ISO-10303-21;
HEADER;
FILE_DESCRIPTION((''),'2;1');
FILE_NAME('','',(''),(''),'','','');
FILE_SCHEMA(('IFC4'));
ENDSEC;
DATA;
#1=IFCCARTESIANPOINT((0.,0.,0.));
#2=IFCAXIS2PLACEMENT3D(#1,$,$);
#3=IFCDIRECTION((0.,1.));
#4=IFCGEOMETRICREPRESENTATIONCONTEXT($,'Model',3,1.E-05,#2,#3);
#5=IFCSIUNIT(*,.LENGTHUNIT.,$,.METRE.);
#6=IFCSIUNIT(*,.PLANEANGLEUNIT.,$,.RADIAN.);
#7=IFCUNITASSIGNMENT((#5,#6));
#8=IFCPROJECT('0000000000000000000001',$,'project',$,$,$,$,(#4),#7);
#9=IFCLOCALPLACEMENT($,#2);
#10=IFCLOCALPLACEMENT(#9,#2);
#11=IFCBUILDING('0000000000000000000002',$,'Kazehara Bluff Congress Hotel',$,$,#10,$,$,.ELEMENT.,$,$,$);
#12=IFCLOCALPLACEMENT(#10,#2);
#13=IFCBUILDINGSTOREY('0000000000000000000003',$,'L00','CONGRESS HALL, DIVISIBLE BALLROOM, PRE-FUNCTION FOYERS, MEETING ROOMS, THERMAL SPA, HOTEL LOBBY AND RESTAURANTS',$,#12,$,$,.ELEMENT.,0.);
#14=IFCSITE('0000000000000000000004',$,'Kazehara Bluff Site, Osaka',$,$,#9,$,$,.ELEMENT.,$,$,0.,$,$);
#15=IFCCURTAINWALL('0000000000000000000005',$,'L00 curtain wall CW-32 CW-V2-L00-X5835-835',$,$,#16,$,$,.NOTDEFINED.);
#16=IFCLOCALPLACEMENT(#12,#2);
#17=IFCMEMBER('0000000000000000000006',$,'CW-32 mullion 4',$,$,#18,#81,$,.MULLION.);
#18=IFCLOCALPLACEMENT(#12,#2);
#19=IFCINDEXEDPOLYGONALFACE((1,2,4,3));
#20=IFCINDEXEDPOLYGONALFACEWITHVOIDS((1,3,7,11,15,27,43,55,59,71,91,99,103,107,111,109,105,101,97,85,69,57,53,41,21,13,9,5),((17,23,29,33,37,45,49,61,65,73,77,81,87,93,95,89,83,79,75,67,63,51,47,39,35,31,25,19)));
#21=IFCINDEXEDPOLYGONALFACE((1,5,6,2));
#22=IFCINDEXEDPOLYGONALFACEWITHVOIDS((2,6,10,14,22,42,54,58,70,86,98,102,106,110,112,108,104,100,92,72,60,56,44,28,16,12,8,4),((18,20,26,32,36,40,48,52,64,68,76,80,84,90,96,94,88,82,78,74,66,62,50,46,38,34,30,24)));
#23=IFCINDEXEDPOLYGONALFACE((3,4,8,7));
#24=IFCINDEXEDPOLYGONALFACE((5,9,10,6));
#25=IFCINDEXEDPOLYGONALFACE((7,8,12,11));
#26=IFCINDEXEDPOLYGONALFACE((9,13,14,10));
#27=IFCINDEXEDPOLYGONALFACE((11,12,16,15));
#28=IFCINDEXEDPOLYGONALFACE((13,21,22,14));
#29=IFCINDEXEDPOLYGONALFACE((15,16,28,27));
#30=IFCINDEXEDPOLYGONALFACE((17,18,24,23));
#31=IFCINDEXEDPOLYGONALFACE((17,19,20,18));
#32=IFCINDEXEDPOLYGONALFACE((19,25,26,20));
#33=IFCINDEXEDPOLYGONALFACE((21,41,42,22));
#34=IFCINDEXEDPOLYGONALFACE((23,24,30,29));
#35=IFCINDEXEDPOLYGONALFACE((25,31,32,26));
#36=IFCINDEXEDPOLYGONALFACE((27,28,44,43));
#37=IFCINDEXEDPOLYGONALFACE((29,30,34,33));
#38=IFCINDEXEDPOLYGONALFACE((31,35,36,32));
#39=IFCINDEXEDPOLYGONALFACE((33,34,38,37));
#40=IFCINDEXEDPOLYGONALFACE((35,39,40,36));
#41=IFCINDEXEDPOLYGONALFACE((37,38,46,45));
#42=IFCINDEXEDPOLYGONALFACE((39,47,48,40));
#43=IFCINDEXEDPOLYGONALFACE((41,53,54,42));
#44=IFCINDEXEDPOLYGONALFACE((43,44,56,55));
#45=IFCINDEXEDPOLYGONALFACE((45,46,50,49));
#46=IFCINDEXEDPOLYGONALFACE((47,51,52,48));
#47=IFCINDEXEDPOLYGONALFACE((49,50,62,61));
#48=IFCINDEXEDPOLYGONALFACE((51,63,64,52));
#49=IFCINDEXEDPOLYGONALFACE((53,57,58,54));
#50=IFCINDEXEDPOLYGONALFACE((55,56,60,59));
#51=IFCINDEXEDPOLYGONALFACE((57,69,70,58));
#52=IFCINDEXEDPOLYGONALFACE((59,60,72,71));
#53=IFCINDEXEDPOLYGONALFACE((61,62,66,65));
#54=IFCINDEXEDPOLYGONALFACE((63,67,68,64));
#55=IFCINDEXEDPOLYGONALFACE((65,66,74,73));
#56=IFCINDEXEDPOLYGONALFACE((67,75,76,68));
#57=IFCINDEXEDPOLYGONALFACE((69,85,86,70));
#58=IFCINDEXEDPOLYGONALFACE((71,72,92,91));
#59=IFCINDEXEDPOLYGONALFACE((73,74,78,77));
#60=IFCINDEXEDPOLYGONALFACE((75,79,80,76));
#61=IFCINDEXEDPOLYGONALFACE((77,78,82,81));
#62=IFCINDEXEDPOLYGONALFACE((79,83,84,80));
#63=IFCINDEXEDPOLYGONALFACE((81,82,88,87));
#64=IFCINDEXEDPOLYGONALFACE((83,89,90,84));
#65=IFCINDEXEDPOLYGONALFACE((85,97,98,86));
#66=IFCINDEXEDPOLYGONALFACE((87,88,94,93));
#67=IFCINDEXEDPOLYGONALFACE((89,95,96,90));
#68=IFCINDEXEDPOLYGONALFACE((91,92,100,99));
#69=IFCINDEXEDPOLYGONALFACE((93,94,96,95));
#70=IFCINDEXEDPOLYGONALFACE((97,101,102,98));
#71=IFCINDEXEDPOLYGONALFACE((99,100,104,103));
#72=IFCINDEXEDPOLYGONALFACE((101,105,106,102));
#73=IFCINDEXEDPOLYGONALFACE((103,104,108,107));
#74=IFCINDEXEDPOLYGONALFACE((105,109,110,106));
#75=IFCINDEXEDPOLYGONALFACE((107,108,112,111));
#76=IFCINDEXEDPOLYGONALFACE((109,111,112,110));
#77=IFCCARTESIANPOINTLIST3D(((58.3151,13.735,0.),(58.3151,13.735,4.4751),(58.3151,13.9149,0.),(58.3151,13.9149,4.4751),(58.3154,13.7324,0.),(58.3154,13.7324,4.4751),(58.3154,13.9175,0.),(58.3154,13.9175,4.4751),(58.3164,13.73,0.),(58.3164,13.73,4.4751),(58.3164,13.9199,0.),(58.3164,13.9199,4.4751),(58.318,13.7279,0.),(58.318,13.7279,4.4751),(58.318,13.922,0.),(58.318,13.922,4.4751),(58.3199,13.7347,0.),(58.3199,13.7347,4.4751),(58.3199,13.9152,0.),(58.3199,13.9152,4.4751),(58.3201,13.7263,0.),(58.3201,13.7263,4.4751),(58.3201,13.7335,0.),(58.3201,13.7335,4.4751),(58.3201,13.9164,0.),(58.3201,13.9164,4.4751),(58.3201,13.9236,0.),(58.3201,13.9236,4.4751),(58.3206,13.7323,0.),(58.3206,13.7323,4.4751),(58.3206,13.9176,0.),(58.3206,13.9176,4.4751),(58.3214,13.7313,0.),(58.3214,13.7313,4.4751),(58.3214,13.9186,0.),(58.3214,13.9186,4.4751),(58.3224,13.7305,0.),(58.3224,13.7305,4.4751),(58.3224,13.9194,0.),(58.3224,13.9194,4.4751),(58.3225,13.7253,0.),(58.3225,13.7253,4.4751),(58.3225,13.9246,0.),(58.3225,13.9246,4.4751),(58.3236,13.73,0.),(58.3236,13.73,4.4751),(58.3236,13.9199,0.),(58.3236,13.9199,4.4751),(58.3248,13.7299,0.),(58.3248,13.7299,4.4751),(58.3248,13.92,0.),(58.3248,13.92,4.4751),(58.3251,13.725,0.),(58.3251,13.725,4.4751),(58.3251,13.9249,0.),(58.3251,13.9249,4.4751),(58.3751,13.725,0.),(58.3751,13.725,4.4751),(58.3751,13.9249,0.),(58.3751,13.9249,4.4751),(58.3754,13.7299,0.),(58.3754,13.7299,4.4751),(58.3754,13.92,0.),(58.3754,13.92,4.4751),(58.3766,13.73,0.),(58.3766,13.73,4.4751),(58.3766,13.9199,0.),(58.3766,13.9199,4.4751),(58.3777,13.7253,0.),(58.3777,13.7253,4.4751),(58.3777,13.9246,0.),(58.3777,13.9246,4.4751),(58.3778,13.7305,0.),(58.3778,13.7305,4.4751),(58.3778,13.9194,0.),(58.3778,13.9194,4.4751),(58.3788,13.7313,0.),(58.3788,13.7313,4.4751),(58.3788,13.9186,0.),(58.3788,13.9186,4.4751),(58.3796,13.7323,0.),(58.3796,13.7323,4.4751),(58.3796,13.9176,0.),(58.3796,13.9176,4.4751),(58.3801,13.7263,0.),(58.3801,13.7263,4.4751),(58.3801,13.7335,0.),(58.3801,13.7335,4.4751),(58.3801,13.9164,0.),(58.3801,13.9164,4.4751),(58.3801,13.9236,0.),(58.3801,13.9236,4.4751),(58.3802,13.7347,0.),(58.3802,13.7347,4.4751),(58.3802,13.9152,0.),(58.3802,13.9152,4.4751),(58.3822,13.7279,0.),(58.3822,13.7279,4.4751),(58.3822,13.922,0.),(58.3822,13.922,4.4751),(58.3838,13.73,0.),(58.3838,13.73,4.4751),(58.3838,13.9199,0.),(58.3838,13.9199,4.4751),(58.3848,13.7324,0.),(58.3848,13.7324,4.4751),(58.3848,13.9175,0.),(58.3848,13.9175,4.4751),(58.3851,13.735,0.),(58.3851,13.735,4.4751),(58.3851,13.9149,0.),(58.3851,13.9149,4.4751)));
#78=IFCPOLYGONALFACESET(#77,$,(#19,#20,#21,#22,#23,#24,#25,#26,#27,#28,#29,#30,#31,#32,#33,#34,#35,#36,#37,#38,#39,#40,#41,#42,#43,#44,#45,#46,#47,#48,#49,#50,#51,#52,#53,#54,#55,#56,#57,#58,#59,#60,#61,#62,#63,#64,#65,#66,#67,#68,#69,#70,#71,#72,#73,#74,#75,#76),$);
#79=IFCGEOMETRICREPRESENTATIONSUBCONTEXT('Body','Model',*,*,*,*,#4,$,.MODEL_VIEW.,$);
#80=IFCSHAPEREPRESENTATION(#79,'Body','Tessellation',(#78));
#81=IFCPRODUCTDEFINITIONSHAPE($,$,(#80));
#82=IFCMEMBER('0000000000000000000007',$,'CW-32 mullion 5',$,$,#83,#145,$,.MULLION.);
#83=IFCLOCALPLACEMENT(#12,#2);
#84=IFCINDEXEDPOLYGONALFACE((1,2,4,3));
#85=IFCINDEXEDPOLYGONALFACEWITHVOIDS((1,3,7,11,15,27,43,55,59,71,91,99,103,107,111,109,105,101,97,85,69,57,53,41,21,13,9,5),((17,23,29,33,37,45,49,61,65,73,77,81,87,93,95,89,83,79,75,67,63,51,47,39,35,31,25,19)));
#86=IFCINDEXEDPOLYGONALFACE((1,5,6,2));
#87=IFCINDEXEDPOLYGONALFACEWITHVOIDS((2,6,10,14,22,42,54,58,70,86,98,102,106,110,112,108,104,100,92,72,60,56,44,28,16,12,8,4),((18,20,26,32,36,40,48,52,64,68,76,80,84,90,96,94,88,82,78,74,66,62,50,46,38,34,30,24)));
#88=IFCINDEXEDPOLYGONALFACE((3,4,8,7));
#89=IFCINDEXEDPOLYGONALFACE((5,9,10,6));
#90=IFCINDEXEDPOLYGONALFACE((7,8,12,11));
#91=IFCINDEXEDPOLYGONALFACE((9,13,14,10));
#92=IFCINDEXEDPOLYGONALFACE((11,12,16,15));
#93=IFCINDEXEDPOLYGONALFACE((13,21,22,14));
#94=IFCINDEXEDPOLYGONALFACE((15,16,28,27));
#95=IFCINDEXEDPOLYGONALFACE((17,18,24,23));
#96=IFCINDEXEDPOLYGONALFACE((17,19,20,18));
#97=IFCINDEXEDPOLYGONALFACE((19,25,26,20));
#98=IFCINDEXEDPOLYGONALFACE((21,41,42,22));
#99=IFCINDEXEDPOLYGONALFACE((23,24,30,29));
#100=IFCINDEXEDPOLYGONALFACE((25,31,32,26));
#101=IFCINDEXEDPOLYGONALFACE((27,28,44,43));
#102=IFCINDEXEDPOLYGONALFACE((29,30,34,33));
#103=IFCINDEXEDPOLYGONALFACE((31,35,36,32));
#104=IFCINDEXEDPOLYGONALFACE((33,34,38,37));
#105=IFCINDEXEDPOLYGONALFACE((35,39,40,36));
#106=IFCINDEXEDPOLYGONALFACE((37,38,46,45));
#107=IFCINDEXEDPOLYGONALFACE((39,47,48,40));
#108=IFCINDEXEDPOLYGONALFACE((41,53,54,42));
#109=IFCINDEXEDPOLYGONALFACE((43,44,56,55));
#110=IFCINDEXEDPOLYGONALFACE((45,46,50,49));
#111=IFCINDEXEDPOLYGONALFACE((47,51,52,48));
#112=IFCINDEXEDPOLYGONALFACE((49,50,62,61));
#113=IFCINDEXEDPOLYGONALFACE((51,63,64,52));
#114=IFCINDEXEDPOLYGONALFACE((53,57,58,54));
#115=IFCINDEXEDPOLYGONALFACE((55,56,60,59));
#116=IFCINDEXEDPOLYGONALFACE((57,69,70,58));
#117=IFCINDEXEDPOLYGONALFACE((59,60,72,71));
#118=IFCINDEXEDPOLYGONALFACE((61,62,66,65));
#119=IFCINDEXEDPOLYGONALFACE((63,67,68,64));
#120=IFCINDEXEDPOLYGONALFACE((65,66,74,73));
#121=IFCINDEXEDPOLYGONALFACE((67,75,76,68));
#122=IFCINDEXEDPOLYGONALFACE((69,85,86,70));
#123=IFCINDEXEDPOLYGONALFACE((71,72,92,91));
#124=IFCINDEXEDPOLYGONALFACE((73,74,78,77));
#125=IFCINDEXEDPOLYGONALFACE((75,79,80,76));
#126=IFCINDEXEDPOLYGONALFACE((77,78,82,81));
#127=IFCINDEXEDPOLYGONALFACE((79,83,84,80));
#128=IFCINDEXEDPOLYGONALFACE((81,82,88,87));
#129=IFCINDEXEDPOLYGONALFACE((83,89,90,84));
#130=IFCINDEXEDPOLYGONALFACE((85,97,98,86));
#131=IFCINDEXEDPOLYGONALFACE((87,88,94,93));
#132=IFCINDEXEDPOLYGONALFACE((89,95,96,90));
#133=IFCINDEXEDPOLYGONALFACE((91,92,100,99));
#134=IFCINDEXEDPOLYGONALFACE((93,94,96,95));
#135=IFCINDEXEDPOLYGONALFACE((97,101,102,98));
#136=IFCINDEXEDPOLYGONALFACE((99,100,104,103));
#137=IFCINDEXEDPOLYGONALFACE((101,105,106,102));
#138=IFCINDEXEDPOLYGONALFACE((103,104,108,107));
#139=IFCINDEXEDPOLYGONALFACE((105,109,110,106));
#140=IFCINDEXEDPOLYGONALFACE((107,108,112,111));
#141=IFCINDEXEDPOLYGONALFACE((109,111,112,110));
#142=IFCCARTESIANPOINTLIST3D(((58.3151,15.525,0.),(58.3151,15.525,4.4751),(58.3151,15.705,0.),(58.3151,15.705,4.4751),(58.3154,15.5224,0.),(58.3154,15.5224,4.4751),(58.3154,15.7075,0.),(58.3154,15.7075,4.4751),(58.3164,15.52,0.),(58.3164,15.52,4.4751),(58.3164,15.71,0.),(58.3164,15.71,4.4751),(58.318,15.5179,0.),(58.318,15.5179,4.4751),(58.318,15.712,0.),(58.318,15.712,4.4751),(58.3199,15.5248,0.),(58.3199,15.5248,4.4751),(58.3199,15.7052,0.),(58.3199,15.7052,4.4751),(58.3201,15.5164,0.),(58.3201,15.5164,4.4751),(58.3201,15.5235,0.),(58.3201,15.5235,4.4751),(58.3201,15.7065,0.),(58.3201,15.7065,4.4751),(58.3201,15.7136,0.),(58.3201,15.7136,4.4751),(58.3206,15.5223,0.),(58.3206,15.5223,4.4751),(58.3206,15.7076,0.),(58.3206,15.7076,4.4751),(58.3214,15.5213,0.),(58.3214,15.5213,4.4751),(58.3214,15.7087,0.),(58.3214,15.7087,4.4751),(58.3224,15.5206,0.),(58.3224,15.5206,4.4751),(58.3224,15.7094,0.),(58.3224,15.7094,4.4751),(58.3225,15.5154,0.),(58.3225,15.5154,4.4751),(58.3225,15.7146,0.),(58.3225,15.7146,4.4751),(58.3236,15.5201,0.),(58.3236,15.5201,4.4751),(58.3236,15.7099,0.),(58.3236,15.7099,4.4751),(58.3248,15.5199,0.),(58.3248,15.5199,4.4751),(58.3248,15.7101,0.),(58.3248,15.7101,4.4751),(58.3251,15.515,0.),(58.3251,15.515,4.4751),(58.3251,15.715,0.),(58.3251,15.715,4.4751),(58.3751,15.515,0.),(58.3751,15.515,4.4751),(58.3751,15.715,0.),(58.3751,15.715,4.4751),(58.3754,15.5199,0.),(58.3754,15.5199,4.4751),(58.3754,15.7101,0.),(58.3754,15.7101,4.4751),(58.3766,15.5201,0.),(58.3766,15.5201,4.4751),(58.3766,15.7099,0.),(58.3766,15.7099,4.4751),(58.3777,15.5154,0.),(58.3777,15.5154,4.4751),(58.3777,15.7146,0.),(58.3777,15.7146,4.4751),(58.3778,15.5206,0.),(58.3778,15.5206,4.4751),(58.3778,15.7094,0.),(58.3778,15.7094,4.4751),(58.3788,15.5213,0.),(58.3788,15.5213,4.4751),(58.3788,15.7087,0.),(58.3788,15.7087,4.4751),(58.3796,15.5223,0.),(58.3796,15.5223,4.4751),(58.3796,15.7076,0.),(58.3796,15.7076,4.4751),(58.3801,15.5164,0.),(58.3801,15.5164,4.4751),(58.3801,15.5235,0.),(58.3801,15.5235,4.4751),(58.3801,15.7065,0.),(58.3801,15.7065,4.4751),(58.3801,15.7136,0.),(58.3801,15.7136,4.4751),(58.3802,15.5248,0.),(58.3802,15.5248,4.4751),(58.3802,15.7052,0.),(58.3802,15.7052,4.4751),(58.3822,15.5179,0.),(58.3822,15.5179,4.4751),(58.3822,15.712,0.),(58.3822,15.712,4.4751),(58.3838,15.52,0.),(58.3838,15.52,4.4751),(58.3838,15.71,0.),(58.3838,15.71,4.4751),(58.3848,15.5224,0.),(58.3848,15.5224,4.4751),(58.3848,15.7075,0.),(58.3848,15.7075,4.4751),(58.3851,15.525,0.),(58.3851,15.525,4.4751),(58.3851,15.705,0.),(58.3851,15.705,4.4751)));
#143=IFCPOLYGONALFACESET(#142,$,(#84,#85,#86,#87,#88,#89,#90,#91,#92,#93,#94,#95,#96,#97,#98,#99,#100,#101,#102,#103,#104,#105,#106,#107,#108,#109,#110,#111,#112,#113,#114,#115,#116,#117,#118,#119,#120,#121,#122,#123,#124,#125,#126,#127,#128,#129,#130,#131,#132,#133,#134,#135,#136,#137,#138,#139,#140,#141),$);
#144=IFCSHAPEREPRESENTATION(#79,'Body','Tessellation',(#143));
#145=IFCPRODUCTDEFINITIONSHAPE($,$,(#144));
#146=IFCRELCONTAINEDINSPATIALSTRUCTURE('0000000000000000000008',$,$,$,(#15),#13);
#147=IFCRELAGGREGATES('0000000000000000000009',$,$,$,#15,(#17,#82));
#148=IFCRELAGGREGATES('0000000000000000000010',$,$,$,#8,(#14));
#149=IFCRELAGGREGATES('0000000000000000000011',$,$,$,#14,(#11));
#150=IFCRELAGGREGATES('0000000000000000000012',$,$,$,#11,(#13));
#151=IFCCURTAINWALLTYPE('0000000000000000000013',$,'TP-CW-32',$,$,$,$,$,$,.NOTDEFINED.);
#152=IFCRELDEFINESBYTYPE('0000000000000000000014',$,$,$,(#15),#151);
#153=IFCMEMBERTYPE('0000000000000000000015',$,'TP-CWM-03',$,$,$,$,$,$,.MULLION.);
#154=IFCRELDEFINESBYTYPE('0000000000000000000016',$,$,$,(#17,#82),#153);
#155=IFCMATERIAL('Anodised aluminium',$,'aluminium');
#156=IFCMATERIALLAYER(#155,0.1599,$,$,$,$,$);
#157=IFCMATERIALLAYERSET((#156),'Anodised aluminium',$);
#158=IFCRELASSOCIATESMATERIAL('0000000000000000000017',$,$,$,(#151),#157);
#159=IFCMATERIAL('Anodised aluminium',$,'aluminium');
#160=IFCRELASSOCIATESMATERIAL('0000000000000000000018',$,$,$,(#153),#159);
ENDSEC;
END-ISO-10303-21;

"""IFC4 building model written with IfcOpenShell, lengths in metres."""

from ifc_helpers import new_model, si_unit, direction, frame, origin, origin_2d, place, context, subcontext, project, spatial, hollow_rectangle, extrude, material, layer, layer_set, material_profile, profile_set, type_object, element, aggregate, save


model = new_model("IFC4")

# Units and contexts
model_context = context("Model", 3, precision=1e-05, world=origin(), true_north=direction((0.0, 1.0)))
body_context = subcontext(model_context, "Body", "Model", "MODEL_VIEW")
ifc_project = project(units=[si_unit("LENGTHUNIT", "METRE"), si_unit("PLANEANGLEUNIT", "RADIAN")], contexts=[model_context])

# Site, building, storey
site_placement = place(None, origin())
site = spatial("IfcSite", under=ifc_project, at=site_placement, Name="Kazehara Bluff Site, Osaka", CompositionType="ELEMENT", RefElevation=0.0)
building_placement = place(site_placement, origin())
building = spatial("IfcBuilding", under=site, at=building_placement, Name="Kazehara Bluff Congress Hotel", CompositionType="ELEMENT")
storey_placement = place(building_placement, origin())
storey = spatial("IfcBuildingStorey", under=building, at=storey_placement, Name="L00", Description="CONGRESS HALL, DIVISIBLE BALLROOM, PRE-FUNCTION FOYERS, MEETING ROOMS, THERMAL SPA, HOTEL LOBBY AND RESTAURANTS", CompositionType="ELEMENT", Elevation=0.0)

# Curtain wall, members
ifc_material_1 = material(Name="Anodised aluminium", Category="aluminium")
ifc_layer_1 = layer(ifc_material_1, 0.1599)
ifc_layer_set_1 = layer_set([ifc_layer_1], Name="Anodised aluminium")
curtain_wall_type = type_object("IfcCurtainWallType", Name="TP-CW-32", PredefinedType="NOTDEFINED", material=ifc_layer_set_1)
curtain_wall_1_placement = place(storey_placement, origin())
curtain_wall_1 = element("IfcCurtainWall", 1, at=curtain_wall_1_placement, inside=storey, type_object=curtain_wall_type, Name="L00 curtain wall CW-32 CW-V2-L00-X5835-835", PredefinedType="NOTDEFINED")
ifc_material_2 = material(Name="Anodised aluminium", Category="aluminium")
ifc_material_profile_1 = material_profile(ifc_material_2, hollow_rectangle(XDim=0.0701, YDim=0.2, WallThickness=0.0049, InnerFilletRadius=0.0049, OuterFilletRadius=0.01, at=origin_2d()))
ifc_profile_set_1 = profile_set([ifc_material_profile_1], Name="Anodised aluminium")
member_type_1 = type_object("IfcMemberType", Name="TP-CWM-03", PredefinedType="MULLION", material=ifc_profile_set_1)
member_1_placement = place(storey_placement, frame((58.3501, 13.825, 0.0), z_axis=(0.0, 0.0, 1.0), x_axis=(-1.0, 0.0, 0.0)))
member_1 = element("IfcMember", 2, at=member_1_placement, type_object=member_type_1, Name="CW-32 mullion 4", PredefinedType="MULLION", context=body_context, shape_type="SweptSolid", body=[
    extrude(hollow_rectangle(XDim=0.0701, YDim=0.2, WallThickness=0.0049, InnerFilletRadius=0.0049, OuterFilletRadius=0.01, at=origin_2d()), origin(), (0.0, 0.0, 1.0), 4.4751),
])
member_2_placement = place(storey_placement, frame((58.3501, 15.615, 0.0), z_axis=(0.0, 0.0, 1.0), x_axis=(-1.0, 0.0, 0.0)))
member_2 = element("IfcMember", 3, at=member_2_placement, type_object=member_type_1, Name="CW-32 mullion 5", PredefinedType="MULLION", context=body_context, shape_type="SweptSolid", body=[
    extrude(hollow_rectangle(XDim=0.0701, YDim=0.2, WallThickness=0.0049, InnerFilletRadius=0.0049, OuterFilletRadius=0.01, at=origin_2d()), origin(), (0.0, 0.0, 1.0), 4.4751),
])

aggregate(curtain_wall_1, [member_1, member_2])

save(model, "model.ifc")
